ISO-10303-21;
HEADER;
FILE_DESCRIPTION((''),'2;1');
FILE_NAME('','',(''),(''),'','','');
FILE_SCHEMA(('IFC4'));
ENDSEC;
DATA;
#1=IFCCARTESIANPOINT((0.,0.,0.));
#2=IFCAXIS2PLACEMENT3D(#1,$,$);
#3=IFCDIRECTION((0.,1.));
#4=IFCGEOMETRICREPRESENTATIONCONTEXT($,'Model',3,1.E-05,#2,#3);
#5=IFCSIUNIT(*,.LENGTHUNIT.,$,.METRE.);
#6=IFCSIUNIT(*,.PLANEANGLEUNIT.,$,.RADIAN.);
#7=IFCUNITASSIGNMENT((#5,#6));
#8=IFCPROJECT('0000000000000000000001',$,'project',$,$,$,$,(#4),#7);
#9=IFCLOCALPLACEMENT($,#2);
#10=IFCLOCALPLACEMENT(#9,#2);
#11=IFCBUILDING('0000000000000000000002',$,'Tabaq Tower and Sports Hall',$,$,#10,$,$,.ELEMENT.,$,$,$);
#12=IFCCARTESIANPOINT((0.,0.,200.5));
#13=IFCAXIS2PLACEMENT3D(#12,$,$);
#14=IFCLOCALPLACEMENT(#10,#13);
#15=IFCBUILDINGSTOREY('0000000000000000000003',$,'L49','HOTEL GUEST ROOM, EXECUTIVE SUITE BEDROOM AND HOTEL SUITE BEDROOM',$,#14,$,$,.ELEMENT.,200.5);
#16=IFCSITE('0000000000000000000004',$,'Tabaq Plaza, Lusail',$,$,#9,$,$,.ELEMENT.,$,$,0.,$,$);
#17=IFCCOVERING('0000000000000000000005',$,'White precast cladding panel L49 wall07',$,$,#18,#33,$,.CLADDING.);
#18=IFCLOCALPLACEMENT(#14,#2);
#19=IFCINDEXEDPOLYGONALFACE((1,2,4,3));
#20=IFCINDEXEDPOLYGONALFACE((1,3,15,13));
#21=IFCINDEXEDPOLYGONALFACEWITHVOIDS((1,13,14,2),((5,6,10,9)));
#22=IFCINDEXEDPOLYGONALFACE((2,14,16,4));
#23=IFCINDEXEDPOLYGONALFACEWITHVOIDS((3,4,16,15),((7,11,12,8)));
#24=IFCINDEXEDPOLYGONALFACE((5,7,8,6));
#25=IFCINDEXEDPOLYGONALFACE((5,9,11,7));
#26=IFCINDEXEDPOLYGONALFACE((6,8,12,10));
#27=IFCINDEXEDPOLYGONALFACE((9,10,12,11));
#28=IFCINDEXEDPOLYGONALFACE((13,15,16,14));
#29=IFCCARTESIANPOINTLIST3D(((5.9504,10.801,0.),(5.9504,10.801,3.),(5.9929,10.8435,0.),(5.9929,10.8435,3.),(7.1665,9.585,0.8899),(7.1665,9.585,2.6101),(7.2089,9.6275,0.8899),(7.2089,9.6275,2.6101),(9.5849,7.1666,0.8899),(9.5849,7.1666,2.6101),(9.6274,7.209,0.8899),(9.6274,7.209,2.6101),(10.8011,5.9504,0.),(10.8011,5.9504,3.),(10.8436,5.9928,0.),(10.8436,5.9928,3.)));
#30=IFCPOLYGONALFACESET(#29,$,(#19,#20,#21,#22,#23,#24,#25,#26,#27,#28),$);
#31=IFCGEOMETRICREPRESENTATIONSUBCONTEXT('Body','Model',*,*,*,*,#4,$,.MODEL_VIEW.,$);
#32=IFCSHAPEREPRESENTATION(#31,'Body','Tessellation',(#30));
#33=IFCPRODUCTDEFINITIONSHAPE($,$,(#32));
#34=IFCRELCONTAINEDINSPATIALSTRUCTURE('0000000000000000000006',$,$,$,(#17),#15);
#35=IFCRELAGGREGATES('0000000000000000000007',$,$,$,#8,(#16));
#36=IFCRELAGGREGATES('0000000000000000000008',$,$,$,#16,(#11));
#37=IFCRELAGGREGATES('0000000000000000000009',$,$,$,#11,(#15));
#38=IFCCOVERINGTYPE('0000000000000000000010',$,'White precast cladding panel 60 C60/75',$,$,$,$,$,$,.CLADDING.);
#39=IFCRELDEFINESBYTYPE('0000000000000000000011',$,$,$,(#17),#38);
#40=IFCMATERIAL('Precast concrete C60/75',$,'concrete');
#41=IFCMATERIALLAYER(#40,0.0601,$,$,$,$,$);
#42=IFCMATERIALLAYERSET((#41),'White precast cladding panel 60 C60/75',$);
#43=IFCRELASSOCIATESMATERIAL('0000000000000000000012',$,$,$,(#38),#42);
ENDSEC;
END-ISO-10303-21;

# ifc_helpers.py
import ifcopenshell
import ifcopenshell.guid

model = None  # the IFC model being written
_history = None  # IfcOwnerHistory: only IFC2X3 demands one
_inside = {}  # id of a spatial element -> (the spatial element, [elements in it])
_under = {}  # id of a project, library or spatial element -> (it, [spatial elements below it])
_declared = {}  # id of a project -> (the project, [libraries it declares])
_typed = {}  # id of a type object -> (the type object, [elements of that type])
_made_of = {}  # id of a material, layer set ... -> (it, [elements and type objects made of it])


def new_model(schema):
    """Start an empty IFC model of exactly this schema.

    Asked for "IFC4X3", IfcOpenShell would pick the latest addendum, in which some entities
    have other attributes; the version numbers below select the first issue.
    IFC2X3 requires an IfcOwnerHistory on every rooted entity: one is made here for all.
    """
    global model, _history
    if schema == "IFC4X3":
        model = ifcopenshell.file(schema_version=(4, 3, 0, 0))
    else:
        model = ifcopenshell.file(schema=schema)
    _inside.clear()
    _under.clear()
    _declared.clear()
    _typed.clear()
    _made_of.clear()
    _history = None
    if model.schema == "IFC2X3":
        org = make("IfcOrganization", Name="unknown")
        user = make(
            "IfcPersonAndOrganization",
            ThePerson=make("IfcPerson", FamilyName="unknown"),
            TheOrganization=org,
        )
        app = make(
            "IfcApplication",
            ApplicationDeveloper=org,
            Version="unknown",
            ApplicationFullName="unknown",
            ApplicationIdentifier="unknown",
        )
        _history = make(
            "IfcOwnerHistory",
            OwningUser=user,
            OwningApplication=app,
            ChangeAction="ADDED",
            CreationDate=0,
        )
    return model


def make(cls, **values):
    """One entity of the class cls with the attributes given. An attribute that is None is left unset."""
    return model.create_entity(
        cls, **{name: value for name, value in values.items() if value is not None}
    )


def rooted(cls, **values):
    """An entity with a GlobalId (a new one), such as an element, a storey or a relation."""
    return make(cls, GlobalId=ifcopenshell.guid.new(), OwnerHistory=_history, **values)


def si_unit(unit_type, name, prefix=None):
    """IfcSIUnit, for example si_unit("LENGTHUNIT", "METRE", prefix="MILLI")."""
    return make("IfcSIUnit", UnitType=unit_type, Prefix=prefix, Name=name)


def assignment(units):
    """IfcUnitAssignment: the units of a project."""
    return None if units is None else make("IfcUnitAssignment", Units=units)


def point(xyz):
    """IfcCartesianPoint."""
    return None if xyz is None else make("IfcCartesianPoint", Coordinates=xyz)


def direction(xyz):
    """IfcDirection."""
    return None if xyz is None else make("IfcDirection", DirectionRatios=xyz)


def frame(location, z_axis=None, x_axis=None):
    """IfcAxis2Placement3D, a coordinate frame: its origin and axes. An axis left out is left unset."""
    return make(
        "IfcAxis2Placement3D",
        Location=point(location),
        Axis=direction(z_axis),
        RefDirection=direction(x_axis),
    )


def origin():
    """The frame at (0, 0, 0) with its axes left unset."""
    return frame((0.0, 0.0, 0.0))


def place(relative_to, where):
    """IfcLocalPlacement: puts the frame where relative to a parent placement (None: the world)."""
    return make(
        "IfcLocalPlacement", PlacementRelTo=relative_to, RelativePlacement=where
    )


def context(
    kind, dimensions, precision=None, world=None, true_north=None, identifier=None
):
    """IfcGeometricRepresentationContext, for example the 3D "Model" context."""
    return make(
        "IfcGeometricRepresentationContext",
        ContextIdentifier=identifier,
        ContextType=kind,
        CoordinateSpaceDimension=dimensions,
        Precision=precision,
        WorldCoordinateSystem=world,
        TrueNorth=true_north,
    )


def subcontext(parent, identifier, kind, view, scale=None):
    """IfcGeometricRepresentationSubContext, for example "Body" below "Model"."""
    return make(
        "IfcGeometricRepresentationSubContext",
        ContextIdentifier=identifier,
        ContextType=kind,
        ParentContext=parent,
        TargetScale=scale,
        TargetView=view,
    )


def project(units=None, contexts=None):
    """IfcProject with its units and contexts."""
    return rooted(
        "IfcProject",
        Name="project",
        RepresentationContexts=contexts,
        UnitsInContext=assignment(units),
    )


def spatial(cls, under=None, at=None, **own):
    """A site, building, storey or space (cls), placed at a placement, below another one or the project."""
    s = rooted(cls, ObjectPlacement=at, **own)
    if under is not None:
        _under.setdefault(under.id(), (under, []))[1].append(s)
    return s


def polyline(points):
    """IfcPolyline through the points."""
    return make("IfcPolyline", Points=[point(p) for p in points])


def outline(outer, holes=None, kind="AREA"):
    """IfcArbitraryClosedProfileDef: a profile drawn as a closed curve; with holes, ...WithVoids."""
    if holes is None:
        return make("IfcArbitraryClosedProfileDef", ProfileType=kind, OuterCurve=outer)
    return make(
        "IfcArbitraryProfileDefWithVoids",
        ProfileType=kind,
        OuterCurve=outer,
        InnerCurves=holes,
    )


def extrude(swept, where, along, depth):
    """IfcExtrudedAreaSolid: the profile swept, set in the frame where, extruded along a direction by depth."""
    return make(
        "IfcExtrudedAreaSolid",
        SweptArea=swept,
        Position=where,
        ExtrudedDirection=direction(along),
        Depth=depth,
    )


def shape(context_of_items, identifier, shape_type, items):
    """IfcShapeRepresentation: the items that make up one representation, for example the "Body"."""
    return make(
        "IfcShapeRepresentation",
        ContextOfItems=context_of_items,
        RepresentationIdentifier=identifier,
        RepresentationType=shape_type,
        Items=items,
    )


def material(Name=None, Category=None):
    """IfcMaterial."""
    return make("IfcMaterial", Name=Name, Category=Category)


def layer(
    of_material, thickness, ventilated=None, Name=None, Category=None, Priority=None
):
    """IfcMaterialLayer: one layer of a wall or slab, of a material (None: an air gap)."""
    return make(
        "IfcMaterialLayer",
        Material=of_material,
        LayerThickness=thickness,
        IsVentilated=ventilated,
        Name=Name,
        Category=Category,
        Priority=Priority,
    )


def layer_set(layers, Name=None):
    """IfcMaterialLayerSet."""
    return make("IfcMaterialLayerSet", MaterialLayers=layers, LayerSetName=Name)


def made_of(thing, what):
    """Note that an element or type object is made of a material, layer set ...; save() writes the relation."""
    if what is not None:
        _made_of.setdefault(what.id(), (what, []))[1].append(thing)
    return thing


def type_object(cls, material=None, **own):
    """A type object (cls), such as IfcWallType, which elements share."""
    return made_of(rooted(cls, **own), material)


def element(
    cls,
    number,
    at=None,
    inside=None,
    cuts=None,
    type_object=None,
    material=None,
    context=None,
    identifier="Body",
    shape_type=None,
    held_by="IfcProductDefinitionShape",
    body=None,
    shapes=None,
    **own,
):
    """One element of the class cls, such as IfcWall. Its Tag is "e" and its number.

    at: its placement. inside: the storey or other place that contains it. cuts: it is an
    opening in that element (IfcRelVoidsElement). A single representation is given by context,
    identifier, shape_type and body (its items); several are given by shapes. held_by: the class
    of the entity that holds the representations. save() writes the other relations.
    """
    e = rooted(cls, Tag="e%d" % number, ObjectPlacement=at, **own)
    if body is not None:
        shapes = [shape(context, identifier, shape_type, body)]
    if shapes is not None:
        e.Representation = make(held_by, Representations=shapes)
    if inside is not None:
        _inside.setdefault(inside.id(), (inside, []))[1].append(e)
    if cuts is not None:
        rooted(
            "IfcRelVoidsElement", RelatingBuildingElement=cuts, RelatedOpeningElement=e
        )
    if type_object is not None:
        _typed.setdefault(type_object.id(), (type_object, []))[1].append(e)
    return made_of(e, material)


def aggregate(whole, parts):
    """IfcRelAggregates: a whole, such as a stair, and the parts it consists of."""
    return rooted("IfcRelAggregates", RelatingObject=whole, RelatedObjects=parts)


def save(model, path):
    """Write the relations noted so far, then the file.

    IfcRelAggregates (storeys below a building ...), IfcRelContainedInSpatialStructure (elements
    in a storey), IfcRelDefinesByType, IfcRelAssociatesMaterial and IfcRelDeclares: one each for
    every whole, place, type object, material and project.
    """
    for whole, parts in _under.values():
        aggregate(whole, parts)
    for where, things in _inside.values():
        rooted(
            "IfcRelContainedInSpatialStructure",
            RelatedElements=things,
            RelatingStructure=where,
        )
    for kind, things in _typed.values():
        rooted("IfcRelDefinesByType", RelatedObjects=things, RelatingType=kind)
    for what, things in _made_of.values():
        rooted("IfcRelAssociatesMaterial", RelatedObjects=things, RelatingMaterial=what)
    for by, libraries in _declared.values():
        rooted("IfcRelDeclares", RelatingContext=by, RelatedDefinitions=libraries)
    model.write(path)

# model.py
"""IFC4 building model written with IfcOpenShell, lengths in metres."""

from ifc_helpers import new_model, si_unit, direction, frame, origin, place, context, subcontext, project, spatial, polyline, outline, extrude, material, layer, layer_set, type_object, element, save


model = new_model("IFC4")

# Units and contexts
model_context = context("Model", 3, precision=1e-05, world=origin(), true_north=direction((0.0, 1.0)))
body_context = subcontext(model_context, "Body", "Model", "MODEL_VIEW")
ifc_project = project(units=[si_unit("LENGTHUNIT", "METRE"), si_unit("PLANEANGLEUNIT", "RADIAN")], contexts=[model_context])

# Site, building, storey
site_placement = place(None, origin())
site = spatial("IfcSite", under=ifc_project, at=site_placement, Name="Tabaq Plaza, Lusail", CompositionType="ELEMENT", RefElevation=0.0)
building_placement = place(site_placement, origin())
building = spatial("IfcBuilding", under=site, at=building_placement, Name="Tabaq Tower and Sports Hall", CompositionType="ELEMENT")
storey_placement = place(building_placement, frame((0.0, 0.0, 200.5)))
storey = spatial("IfcBuildingStorey", under=building, at=storey_placement, Name="L49", Description="HOTEL GUEST ROOM, EXECUTIVE SUITE BEDROOM AND HOTEL SUITE BEDROOM", CompositionType="ELEMENT", Elevation=200.5)

# Covering
ifc_material_1 = material(Name="Precast concrete C60/75", Category="concrete")
ifc_layer_1 = layer(ifc_material_1, 0.0601)
ifc_layer_set_1 = layer_set([ifc_layer_1], Name="White precast cladding panel 60 C60/75")
covering_type = type_object("IfcCoveringType", Name="White precast cladding panel 60 C60/75", PredefinedType="CLADDING", material=ifc_layer_set_1)
covering_placement = place(storey_placement, frame((5.9717, 10.8223, 0.0), z_axis=(0.0, 0.0, 1.0), x_axis=(0.707107, -0.707107, 0.0)))
element("IfcCovering", 1, at=covering_placement, inside=storey, type_object=covering_type, Name="White precast cladding panel L49 wall07", PredefinedType="CLADDING", context=body_context, shape_type="SweptSolid", body=[
    extrude(outline(polyline([(0.0, 0.0), (6.8599, 0.0), (6.8599, 3.0), (0.0, 3.0), (0.0, 0.0)]), holes=[polyline([(1.7197, 0.8899), (1.7197, 2.6101), (5.1399, 2.6101), (5.1399, 0.8899), (1.7197, 0.8899)])]), frame((0.0, 0.03, 0.0), z_axis=(0.0, -1.0, 0.0), x_axis=(1.0, 0.0, 0.0)), (0.0, 0.0, 1.0), 0.0601),
])

save(model, "model.ifc")
